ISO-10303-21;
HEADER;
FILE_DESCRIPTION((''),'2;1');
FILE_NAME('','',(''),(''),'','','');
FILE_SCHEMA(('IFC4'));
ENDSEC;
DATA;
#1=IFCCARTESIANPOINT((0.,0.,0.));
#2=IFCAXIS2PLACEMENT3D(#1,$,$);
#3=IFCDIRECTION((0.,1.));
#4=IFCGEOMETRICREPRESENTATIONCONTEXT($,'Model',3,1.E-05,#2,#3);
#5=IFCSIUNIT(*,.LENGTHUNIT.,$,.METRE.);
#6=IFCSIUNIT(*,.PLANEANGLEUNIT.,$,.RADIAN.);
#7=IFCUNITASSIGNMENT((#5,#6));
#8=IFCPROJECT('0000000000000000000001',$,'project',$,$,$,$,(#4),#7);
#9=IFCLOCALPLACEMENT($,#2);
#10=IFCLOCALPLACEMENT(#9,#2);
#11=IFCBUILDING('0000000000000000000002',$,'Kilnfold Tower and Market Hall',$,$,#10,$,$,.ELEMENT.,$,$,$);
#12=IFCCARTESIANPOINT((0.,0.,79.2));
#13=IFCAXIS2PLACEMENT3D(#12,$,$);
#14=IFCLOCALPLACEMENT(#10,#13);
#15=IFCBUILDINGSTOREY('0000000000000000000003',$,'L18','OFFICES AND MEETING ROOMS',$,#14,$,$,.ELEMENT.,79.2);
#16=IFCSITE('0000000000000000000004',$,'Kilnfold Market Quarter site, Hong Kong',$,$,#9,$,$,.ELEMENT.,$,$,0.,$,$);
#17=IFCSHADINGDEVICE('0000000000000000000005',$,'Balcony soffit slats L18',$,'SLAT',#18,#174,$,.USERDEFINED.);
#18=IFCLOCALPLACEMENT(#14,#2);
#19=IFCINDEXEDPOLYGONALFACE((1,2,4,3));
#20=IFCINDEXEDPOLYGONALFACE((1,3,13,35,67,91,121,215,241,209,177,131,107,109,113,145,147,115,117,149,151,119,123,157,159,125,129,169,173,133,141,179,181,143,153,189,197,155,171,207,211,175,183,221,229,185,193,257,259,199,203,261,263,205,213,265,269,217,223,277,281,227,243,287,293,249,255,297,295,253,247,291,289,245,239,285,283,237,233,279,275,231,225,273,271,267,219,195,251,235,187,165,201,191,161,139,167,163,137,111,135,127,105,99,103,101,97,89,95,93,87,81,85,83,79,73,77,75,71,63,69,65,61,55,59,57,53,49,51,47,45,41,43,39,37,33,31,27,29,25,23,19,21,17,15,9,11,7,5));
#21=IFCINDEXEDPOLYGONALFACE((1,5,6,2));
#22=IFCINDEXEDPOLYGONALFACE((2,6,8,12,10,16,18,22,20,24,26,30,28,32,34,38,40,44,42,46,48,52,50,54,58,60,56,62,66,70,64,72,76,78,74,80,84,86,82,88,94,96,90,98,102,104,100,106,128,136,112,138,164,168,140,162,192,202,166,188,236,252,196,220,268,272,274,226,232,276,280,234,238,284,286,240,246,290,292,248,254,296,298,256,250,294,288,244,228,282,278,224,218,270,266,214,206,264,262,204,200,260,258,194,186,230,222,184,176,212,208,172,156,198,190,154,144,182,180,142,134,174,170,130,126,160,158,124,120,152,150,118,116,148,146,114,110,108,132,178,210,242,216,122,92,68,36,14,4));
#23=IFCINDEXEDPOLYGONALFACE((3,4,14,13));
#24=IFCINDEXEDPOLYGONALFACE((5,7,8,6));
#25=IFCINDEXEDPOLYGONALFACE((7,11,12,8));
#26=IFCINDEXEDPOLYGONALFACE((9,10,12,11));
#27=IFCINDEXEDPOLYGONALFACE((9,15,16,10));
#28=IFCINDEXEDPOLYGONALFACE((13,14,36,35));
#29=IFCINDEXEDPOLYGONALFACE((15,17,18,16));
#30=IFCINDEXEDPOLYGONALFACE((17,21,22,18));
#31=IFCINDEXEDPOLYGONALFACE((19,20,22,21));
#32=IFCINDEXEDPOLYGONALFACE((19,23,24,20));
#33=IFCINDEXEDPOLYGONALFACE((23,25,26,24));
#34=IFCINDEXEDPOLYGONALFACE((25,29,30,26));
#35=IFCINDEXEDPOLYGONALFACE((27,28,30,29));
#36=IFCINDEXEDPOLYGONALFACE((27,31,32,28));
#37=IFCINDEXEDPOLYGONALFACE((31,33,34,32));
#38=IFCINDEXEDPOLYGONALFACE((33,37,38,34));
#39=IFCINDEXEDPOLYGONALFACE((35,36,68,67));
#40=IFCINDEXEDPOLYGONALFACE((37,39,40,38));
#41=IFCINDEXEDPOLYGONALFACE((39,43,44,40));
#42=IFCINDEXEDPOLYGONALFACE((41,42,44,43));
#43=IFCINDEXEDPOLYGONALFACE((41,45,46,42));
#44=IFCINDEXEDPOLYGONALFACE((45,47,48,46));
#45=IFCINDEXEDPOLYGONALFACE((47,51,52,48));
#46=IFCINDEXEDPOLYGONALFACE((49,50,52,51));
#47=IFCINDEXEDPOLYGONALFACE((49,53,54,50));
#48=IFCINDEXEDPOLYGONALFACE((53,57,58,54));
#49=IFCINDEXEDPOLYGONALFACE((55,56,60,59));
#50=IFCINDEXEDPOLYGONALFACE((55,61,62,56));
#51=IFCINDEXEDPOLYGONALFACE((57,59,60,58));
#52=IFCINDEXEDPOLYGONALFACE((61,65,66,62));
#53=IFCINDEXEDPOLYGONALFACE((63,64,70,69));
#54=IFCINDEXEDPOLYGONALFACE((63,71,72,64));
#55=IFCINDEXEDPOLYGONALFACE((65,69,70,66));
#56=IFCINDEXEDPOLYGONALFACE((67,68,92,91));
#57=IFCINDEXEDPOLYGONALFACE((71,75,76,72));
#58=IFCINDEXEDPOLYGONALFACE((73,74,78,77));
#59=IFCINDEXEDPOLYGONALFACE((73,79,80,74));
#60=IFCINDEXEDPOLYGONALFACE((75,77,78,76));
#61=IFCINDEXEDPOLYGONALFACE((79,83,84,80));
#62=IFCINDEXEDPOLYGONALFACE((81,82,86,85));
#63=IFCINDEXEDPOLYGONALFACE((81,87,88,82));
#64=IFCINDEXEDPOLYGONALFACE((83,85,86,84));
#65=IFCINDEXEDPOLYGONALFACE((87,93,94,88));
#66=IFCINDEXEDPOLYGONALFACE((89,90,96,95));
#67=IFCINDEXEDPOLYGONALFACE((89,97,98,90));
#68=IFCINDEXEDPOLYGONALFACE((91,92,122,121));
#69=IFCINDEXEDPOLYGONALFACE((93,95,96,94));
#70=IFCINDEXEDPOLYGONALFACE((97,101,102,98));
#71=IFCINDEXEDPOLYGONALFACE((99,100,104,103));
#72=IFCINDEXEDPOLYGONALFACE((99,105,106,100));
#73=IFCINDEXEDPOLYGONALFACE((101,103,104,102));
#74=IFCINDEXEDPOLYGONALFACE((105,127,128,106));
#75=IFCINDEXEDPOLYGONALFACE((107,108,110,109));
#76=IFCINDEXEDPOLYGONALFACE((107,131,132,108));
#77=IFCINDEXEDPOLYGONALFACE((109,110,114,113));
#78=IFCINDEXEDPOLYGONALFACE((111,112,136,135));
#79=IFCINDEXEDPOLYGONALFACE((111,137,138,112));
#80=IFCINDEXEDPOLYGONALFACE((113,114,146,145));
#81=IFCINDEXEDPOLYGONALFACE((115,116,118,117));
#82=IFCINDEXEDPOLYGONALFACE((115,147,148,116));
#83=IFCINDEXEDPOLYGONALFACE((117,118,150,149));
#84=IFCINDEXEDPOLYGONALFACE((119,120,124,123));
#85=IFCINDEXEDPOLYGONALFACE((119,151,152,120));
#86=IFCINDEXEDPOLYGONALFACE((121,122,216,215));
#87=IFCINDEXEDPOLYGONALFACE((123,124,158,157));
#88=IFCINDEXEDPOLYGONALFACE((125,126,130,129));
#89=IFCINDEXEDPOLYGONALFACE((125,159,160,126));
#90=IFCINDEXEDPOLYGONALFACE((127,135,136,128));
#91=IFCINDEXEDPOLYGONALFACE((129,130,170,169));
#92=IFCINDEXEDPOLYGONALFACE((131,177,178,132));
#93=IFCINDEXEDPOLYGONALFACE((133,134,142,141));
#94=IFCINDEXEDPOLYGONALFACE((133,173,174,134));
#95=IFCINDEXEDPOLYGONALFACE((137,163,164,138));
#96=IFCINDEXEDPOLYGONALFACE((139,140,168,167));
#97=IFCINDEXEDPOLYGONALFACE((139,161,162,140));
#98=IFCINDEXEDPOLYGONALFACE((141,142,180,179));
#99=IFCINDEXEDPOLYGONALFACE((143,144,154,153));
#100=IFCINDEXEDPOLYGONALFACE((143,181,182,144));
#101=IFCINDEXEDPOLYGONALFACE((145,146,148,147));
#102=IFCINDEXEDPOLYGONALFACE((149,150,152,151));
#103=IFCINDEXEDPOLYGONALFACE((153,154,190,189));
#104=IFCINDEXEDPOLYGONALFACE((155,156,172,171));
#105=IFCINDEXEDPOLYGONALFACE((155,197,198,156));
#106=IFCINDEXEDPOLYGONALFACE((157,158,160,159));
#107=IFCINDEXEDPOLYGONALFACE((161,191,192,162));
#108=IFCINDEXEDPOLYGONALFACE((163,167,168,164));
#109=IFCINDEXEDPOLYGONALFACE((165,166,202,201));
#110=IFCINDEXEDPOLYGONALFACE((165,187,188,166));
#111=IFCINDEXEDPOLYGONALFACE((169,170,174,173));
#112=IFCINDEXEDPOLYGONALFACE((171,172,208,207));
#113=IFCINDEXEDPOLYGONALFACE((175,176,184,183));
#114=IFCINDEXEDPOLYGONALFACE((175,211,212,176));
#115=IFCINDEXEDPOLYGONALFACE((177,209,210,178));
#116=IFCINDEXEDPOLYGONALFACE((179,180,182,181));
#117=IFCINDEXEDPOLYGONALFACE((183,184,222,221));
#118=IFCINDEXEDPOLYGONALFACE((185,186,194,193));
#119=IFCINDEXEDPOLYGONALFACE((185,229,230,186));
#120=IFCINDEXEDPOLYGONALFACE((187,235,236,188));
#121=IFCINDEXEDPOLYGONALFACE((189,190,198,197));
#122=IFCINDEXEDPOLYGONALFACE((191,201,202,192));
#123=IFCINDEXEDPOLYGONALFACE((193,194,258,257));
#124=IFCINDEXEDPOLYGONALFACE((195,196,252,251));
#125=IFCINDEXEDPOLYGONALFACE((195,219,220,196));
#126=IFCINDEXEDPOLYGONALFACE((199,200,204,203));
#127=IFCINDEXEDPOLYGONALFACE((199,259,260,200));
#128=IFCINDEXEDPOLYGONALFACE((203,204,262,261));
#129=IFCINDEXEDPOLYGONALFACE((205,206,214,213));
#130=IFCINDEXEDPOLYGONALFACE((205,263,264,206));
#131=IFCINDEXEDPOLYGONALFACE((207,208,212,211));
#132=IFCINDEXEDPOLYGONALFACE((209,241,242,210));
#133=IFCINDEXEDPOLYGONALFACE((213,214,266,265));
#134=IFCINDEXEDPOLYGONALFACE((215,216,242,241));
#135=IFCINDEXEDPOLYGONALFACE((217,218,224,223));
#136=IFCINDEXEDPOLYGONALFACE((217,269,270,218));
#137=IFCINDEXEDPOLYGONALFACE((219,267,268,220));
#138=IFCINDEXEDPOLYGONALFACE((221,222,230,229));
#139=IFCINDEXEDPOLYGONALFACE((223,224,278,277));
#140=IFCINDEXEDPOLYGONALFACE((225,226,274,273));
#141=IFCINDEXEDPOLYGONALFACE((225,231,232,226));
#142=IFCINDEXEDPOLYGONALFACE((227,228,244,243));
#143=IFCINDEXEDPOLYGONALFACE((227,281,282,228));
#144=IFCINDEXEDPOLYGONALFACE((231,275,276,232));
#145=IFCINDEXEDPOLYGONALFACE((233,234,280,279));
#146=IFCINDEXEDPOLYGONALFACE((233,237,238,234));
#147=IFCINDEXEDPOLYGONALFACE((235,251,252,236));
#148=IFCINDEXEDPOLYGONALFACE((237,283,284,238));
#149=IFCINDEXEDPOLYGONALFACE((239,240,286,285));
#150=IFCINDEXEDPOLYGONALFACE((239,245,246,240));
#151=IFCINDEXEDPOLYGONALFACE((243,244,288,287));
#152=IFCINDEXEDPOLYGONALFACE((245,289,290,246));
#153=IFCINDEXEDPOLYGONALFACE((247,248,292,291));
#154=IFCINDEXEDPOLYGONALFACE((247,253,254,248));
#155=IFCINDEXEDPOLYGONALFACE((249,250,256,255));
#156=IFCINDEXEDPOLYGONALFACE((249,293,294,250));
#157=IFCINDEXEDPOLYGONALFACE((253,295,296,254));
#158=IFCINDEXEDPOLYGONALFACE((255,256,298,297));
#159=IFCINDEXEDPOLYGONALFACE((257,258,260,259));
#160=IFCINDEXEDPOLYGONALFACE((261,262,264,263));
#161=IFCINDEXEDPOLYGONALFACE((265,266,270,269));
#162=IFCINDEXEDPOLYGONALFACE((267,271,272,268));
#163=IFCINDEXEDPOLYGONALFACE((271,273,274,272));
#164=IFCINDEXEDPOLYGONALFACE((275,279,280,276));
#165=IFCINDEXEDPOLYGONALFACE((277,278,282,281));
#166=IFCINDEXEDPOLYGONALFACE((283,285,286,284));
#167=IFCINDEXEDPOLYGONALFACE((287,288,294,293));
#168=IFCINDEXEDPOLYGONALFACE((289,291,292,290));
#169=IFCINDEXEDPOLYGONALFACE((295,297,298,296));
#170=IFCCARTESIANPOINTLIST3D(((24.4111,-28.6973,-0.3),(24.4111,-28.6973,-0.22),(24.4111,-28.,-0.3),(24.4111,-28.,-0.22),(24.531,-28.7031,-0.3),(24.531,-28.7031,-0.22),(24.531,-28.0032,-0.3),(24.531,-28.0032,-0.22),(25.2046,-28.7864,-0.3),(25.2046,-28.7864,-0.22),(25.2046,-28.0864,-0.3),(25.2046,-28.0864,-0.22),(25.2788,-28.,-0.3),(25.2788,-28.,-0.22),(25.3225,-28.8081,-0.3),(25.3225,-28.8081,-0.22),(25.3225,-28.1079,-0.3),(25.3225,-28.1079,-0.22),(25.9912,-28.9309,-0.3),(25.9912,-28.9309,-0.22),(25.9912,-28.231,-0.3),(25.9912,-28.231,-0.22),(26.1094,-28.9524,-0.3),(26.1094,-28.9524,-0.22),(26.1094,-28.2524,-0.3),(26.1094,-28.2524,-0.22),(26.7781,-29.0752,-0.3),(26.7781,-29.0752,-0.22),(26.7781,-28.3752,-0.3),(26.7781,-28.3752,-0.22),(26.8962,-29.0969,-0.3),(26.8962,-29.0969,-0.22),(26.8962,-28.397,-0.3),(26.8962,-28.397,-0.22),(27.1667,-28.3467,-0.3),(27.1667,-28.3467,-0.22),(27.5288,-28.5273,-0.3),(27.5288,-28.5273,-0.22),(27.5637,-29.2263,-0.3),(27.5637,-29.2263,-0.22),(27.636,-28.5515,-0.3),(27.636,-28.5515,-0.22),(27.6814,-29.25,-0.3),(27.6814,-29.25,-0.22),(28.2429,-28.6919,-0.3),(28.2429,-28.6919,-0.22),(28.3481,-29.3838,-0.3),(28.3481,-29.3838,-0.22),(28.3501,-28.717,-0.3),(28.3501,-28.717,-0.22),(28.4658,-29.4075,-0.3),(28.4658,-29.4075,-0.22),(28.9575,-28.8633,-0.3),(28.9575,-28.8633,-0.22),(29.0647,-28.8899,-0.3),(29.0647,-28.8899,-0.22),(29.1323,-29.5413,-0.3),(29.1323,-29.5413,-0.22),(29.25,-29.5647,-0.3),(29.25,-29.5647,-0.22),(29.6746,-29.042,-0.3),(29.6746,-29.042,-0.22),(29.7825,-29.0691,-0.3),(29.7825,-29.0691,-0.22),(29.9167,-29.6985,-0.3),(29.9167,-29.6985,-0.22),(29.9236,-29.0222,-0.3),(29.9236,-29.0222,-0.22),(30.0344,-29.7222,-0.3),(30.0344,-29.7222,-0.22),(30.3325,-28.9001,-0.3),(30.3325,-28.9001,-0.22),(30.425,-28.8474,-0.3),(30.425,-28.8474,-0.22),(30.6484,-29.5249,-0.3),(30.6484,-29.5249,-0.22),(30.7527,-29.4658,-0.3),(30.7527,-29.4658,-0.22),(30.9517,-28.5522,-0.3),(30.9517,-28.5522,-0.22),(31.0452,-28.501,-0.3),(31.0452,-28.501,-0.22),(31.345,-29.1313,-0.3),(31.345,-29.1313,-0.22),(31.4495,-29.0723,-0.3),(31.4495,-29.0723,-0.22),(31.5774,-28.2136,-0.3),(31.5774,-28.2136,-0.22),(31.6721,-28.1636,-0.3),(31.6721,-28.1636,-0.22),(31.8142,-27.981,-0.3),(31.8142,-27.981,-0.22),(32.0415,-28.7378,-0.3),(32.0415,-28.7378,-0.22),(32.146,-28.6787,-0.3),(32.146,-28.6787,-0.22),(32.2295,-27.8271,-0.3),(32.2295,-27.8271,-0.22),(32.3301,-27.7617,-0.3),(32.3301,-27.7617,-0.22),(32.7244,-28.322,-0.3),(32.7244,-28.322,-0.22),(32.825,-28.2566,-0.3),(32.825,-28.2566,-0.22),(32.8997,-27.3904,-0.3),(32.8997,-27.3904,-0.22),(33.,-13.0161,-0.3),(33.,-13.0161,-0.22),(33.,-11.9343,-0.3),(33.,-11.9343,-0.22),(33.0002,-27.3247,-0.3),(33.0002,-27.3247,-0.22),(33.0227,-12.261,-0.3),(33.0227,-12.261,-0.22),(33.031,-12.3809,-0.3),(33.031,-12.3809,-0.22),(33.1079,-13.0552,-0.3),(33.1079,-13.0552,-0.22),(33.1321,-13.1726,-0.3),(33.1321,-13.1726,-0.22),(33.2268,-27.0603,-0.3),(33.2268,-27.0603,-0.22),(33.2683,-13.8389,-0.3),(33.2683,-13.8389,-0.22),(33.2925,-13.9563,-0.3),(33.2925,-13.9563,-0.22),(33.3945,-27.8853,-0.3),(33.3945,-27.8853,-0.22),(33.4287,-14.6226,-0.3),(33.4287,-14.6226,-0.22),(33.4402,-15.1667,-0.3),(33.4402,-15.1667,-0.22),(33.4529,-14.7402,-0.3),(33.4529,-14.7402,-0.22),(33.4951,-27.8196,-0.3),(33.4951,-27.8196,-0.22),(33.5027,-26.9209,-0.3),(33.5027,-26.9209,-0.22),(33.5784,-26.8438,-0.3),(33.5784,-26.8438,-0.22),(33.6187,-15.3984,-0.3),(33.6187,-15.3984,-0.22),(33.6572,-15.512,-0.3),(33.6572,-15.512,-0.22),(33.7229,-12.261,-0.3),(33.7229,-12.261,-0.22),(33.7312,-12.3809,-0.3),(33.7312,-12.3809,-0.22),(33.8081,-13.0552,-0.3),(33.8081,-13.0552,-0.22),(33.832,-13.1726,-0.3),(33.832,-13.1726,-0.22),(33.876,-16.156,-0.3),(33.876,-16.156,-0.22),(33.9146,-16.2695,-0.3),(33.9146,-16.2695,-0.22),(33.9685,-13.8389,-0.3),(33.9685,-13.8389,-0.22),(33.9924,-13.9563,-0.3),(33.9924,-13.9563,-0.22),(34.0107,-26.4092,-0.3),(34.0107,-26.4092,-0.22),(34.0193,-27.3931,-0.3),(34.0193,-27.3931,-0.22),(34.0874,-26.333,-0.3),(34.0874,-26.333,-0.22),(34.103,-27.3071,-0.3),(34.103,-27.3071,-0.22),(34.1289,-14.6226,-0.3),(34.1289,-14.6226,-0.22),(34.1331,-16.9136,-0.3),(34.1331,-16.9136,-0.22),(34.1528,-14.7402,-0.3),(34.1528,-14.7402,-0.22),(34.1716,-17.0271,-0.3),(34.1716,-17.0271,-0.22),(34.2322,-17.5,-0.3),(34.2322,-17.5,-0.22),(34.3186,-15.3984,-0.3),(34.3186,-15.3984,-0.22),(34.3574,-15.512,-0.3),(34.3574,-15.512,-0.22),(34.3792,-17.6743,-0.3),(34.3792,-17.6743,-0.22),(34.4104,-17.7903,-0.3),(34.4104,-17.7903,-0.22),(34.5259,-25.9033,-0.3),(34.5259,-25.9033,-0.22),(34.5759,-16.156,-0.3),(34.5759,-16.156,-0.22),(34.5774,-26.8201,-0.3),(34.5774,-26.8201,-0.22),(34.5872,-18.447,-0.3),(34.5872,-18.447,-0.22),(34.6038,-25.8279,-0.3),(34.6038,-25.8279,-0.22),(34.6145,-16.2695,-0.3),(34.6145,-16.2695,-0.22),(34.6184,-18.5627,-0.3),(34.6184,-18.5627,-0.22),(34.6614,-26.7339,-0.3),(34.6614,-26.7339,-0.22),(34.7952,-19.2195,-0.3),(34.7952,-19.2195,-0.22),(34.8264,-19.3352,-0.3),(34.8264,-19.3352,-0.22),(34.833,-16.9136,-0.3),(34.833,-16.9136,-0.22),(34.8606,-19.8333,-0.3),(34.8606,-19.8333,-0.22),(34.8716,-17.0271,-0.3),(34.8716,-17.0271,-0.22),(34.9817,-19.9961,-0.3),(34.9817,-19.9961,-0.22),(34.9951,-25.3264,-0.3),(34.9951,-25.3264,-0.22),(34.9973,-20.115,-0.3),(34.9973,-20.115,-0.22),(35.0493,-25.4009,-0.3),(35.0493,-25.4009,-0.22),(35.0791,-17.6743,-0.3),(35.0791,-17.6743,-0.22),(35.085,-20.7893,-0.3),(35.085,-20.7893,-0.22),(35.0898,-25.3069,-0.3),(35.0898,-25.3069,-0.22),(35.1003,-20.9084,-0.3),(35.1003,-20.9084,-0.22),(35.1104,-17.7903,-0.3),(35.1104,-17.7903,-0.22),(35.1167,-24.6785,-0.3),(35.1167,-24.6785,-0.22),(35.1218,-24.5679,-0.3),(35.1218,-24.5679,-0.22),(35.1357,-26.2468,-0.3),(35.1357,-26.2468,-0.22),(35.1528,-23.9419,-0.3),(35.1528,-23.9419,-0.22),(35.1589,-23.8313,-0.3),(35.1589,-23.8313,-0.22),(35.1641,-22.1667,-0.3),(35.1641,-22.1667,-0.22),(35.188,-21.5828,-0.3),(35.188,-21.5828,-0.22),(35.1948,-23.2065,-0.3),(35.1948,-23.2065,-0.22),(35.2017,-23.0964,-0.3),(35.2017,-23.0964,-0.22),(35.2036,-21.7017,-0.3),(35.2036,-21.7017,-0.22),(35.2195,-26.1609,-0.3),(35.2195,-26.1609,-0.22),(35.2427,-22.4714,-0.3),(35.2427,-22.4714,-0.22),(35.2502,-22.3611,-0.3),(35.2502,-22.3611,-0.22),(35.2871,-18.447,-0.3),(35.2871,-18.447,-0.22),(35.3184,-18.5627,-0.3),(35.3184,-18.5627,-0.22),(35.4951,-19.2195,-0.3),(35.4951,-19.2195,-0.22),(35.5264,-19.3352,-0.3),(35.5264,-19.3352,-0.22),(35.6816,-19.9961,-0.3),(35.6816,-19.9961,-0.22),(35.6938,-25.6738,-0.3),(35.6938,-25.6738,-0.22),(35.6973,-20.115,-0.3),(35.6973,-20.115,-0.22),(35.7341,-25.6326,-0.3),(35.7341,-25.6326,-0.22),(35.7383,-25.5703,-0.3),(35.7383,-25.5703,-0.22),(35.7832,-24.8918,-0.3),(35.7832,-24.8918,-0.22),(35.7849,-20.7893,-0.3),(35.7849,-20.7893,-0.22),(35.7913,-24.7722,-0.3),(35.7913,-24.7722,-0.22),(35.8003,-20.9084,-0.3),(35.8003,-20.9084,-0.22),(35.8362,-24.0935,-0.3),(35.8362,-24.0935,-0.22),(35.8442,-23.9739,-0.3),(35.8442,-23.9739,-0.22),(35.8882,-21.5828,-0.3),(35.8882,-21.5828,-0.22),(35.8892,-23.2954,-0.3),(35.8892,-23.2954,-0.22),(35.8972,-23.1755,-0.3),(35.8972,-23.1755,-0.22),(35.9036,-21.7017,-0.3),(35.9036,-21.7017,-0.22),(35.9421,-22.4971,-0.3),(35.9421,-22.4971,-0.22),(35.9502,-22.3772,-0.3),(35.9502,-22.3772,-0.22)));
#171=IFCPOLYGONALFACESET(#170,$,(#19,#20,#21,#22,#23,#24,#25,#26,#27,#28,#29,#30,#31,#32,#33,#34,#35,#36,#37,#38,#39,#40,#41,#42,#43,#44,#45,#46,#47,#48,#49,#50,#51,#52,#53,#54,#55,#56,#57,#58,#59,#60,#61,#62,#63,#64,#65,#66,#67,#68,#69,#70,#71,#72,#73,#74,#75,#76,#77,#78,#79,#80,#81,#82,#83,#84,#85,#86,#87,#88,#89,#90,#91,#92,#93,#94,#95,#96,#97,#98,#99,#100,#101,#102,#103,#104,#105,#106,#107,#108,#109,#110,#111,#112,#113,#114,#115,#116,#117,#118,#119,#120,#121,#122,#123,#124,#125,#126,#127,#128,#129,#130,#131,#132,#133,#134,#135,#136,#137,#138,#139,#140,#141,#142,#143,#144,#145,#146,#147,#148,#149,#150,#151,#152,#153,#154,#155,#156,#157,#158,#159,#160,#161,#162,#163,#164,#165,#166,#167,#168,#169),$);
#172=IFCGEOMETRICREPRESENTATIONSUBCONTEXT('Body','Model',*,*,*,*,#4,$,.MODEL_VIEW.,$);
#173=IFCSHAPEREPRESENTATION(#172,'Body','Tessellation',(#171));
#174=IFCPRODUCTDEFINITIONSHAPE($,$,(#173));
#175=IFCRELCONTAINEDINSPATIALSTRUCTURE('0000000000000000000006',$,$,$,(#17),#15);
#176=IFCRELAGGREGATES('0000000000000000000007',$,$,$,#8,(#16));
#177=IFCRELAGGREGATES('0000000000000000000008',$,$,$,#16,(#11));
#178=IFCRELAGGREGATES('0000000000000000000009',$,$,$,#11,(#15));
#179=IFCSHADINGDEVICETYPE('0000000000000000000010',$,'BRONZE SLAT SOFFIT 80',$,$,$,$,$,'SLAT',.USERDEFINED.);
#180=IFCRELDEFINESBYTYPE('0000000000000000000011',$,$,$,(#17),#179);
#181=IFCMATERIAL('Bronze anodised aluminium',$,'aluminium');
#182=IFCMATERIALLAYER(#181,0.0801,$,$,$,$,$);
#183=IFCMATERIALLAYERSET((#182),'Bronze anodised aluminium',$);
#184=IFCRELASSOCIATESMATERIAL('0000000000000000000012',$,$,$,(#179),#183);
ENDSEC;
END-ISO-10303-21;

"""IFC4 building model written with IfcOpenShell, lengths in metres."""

from ifc_helpers import new_model, si_unit, direction, frame, origin, place, context, subcontext, project, spatial, polyline, outline, extrude, source, transform, mapped, material, layer, layer_set, type_object, element, save


model = new_model("IFC4")

# Units and contexts
model_context = context("Model", 3, precision=1e-05, world=origin(), true_north=direction((0.0, 1.0)))
body_context = subcontext(model_context, "Body", "Model", "MODEL_VIEW")
ifc_project = project(units=[si_unit("LENGTHUNIT", "METRE"), si_unit("PLANEANGLEUNIT", "RADIAN")], contexts=[model_context])

# Site, building, storey
site_placement = place(None, origin())
site = spatial("IfcSite", under=ifc_project, at=site_placement, Name="Kilnfold Market Quarter site, Hong Kong", CompositionType="ELEMENT", RefElevation=0.0)
building_placement = place(site_placement, origin())
building = spatial("IfcBuilding", under=site, at=building_placement, Name="Kilnfold Tower and Market Hall", CompositionType="ELEMENT")
storey_placement = place(building_placement, frame((0.0, 0.0, 79.2)))
storey = spatial("IfcBuildingStorey", under=building, at=storey_placement, Name="L18", Description="OFFICES AND MEETING ROOMS", CompositionType="ELEMENT", Elevation=79.2)

# Shading device
ifc_material_1 = material(Name="Bronze anodised aluminium", Category="aluminium")
ifc_layer_1 = layer(ifc_material_1, 0.0801)
ifc_layer_set_1 = layer_set([ifc_layer_1], Name="Bronze anodised aluminium")
shading_device_type_1 = type_object("IfcShadingDeviceType", Name="BRONZE SLAT SOFFIT 80", ElementType="SLAT", PredefinedType="USERDEFINED", material=ifc_layer_set_1)
shared_shape_1 = source(origin(), body_context, "Body", "SweptSolid", [
    extrude(outline(polyline([(27.1667, -28.3467), (29.9236, -29.0222), (31.8142, -27.981), (33.2268, -27.0603), (34.9951, -25.3264), (35.1641, -22.1667), (34.8606, -19.8333), (34.2322, -17.5), (33.4402, -15.1667), (33.0, -13.0161), (33.0, -11.9343), (33.0227, -12.261), (33.7229, -12.261), (33.7312, -12.3809), (33.031, -12.3809), (33.1079, -13.0552), (33.8081, -13.0552), (33.832, -13.1726), (33.1321, -13.1726), (33.2683, -13.8389), (33.9685, -13.8389), (33.9924, -13.9563), (33.2925, -13.9563), (33.4287, -14.6226), (34.1289, -14.6226), (34.1528, -14.7402), (33.4529, -14.7402), (33.6187, -15.3984), (34.3186, -15.3984), (34.3574, -15.512), (33.6572, -15.512), (33.876, -16.156), (34.5759, -16.156), (34.6145, -16.2695), (33.9146, -16.2695), (34.1331, -16.9136), (34.833, -16.9136), (34.8716, -17.0271), (34.1716, -17.0271), (34.3792, -17.6743), (35.0791, -17.6743), (35.1104, -17.7903), (34.4104, -17.7903), (34.5872, -18.447), (35.2871, -18.447), (35.3184, -18.5627), (34.6184, -18.5627), (34.7952, -19.2195), (35.4951, -19.2195), (35.5264, -19.3352), (34.8264, -19.3352), (34.9817, -19.9961), (35.6816, -19.9961), (35.6973, -20.115), (34.9973, -20.115), (35.085, -20.7893), (35.7849, -20.7893), (35.8003, -20.9084), (35.1003, -20.9084), (35.188, -21.5828), (35.8882, -21.5828), (35.9036, -21.7017), (35.2036, -21.7017), (35.2502, -22.3611), (35.9502, -22.3772), (35.9421, -22.4971), (35.2427, -22.4714), (35.2017, -23.0964), (35.8972, -23.1755), (35.8892, -23.2954), (35.1948, -23.2065), (35.1589, -23.8313), (35.8442, -23.9739), (35.8362, -24.0935), (35.1528, -23.9419), (35.1218, -24.5679), (35.7913, -24.7722), (35.7832, -24.8918), (35.1167, -24.6785), (35.0898, -25.3069), (35.7383, -25.5703), (35.7341, -25.6326), (35.6938, -25.6738), (35.0493, -25.4009), (34.6038, -25.8279), (35.2195, -26.1609), (35.1357, -26.2468), (34.5259, -25.9033), (34.0874, -26.333), (34.6614, -26.7339), (34.5774, -26.8201), (34.0107, -26.4092), (33.5784, -26.8438), (34.103, -27.3071), (34.0193, -27.3931), (33.5027, -26.9209), (33.0002, -27.3247), (33.4951, -27.8196), (33.3945, -27.8853), (32.8997, -27.3904), (32.3301, -27.7617), (32.825, -28.2566), (32.7244, -28.322), (32.2295, -27.8271), (31.6721, -28.1636), (32.146, -28.6787), (32.0415, -28.7378), (31.5774, -28.2136), (31.0452, -28.501), (31.4495, -29.0723), (31.345, -29.1313), (30.9517, -28.5522), (30.425, -28.8474), (30.7527, -29.4658), (30.6484, -29.5249), (30.3325, -28.9001), (29.7825, -29.0691), (30.0344, -29.7222), (29.9167, -29.6985), (29.6746, -29.042), (29.0647, -28.8899), (29.25, -29.5647), (29.1323, -29.5413), (28.9575, -28.8633), (28.3501, -28.717), (28.4658, -29.4075), (28.3481, -29.3838), (28.2429, -28.6919), (27.636, -28.5515), (27.6814, -29.25), (27.5637, -29.2263), (27.5288, -28.5273), (26.8962, -28.397), (26.8962, -29.0969), (26.7781, -29.0752), (26.7781, -28.3752), (26.1094, -28.2524), (26.1094, -28.9524), (25.9912, -28.9309), (25.9912, -28.231), (25.3225, -28.1079), (25.3225, -28.8081), (25.2046, -28.7864), (25.2046, -28.0864), (24.531, -28.0032), (24.531, -28.7031), (24.4111, -28.6973), (24.4111, -28.0), (25.2788, -28.0), (27.1667, -28.3467)])), origin(), (0.0, 0.0, 1.0), 0.0801),
])
shading_device_1_placement = place(storey_placement, frame((0.0, 0.0, -0.3)))
element("IfcShadingDevice", 1, at=shading_device_1_placement, inside=storey, type_object=shading_device_type_1, Name="Balcony soffit slats L18", ObjectType="SLAT", PredefinedType="USERDEFINED", context=body_context, shape_type="MappedRepresentation", body=[
    mapped(shared_shape_1, transform((0.0, 0.0, 0.0))),
])

save(model, "model.ifc")
